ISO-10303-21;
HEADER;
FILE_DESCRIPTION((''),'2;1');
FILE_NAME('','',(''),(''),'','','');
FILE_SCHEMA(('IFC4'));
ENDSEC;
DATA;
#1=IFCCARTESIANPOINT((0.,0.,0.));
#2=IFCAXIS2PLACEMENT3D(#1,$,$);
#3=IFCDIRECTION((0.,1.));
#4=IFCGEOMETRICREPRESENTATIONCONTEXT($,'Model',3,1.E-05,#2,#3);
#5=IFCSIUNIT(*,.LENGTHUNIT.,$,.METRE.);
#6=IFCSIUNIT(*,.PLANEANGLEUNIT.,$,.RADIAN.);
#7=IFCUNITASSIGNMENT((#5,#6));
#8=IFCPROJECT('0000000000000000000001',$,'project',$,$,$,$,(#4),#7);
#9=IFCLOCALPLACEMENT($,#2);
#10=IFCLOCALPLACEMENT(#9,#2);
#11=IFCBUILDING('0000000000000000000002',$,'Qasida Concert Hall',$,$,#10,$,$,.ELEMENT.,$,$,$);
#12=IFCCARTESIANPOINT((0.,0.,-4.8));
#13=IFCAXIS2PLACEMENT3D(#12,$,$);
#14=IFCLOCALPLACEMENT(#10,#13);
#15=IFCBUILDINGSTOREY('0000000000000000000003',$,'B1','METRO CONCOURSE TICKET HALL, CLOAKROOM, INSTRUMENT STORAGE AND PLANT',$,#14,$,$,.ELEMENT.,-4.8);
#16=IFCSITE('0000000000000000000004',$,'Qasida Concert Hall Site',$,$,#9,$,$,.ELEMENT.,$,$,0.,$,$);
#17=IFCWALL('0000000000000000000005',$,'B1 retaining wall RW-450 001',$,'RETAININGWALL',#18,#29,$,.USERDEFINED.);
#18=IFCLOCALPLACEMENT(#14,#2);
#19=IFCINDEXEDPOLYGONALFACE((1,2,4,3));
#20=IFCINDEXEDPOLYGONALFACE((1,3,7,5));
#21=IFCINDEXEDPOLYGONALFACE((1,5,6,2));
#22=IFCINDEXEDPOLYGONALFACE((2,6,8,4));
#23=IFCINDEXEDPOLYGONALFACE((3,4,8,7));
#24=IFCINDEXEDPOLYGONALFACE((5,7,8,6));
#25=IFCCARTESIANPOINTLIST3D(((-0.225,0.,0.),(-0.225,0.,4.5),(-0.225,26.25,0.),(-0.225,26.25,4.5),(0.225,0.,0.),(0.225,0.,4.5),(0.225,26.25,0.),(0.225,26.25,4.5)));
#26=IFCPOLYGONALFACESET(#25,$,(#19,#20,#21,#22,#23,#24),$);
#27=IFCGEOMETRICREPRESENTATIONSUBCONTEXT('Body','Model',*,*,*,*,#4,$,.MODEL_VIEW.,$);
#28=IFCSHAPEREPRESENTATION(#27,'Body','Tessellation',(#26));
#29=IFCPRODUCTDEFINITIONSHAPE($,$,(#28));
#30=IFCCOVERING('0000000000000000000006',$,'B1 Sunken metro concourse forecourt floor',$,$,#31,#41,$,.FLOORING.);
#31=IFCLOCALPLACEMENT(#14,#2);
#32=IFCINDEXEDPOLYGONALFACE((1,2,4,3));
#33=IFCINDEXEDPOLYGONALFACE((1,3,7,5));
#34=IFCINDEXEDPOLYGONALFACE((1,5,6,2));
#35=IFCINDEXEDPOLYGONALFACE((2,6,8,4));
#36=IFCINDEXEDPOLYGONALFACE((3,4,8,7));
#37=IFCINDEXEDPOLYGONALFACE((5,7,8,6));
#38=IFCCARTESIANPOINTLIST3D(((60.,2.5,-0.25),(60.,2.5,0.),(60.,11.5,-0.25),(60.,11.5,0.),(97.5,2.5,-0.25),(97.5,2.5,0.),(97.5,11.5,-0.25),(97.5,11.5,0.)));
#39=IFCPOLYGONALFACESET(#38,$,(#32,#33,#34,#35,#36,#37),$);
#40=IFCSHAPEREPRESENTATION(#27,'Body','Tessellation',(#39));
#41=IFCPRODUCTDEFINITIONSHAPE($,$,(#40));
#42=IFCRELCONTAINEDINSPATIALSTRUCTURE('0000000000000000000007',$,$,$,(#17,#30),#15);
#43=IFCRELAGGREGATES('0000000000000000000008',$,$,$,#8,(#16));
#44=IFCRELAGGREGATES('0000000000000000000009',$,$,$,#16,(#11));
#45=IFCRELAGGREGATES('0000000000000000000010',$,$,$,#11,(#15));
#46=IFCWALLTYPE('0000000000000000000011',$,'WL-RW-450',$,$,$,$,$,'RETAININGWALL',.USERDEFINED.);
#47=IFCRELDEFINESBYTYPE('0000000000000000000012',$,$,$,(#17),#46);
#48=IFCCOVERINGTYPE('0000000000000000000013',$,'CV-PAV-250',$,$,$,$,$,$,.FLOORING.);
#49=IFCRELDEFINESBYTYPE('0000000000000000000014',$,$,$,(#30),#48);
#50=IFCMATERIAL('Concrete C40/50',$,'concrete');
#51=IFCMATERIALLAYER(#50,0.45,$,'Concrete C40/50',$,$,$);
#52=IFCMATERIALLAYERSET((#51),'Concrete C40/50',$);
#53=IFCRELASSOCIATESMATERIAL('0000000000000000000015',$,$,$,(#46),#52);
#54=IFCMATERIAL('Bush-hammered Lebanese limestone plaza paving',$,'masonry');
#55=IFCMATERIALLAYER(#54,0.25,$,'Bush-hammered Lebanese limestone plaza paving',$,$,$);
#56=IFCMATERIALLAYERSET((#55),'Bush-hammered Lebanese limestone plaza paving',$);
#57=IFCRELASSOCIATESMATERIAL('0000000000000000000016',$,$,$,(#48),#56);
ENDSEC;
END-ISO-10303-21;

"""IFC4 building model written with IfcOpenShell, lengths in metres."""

from ifc_helpers import new_model, si_unit, direction, frame, frame_2d, origin, place, context, subcontext, project, spatial, polyline, rectangle, outline, extrude, material, layer, layer_set, type_object, element, save


model = new_model("IFC4")

# Units and contexts
model_context = context("Model", 3, precision=1e-05, world=origin(), true_north=direction((0.0, 1.0)))
body_context = subcontext(model_context, "Body", "Model", "MODEL_VIEW")
ifc_project = project(units=[si_unit("LENGTHUNIT", "METRE"), si_unit("PLANEANGLEUNIT", "RADIAN")], contexts=[model_context])

# Site, building, storey
site_placement = place(None, origin())
site = spatial("IfcSite", under=ifc_project, at=site_placement, Name="Qasida Concert Hall Site", CompositionType="ELEMENT", RefElevation=0.0)
building_placement = place(site_placement, origin())
building = spatial("IfcBuilding", under=site, at=building_placement, Name="Qasida Concert Hall", CompositionType="ELEMENT")
storey_placement = place(building_placement, frame((0.0, 0.0, -4.8)))
storey = spatial("IfcBuildingStorey", under=building, at=storey_placement, Name="B1", Description="METRO CONCOURSE TICKET HALL, CLOAKROOM, INSTRUMENT STORAGE AND PLANT", CompositionType="ELEMENT", Elevation=-4.8)

# Shared definitions
ifc_material_1 = material(Name="Concrete C40/50", Category="concrete")

# Wall
ifc_layer_1 = layer(ifc_material_1, 0.45, Name="Concrete C40/50")
ifc_layer_set_1 = layer_set([ifc_layer_1], Name="Concrete C40/50")
wall_type = type_object("IfcWallType", Name="WL-RW-450", ElementType="RETAININGWALL", PredefinedType="USERDEFINED", material=ifc_layer_set_1)
wall_placement = place(storey_placement, frame((0.0, 0.0, 0.0), z_axis=(0.0, 0.0, 1.0), x_axis=(0.0, 1.0, 0.0)))
element("IfcWall", 1, at=wall_placement, inside=storey, type_object=wall_type, Name="B1 retaining wall RW-450 001", ObjectType="RETAININGWALL", PredefinedType="USERDEFINED", context=body_context, shape_type="SweptSolid", body=[
    extrude(rectangle(XDim=26.25, YDim=0.45, at=frame_2d((13.125, 0.0))), origin(), (0.0, 0.0, 1.0), 4.5),
])

# Covering
ifc_material_2 = material(Name="Bush-hammered Lebanese limestone plaza paving", Category="masonry")
ifc_layer_2 = layer(ifc_material_2, 0.25, Name="Bush-hammered Lebanese limestone plaza paving")
ifc_layer_set_2 = layer_set([ifc_layer_2], Name="Bush-hammered Lebanese limestone plaza paving")
covering_type = type_object("IfcCoveringType", Name="CV-PAV-250", PredefinedType="FLOORING", material=ifc_layer_set_2)
covering_placement = place(storey_placement, frame((0.0, 0.0, -0.25)))
element("IfcCovering", 2, at=covering_placement, inside=storey, type_object=covering_type, Name="B1 Sunken metro concourse forecourt floor", PredefinedType="FLOORING", context=body_context, shape_type="SweptSolid", body=[
    extrude(outline(polyline([(60.0, 2.5), (97.5, 2.5), (97.5, 11.5), (60.0, 11.5), (60.0, 2.5)])), origin(), (0.0, 0.0, 1.0), 0.25),
])

save(model, "model.ifc")
